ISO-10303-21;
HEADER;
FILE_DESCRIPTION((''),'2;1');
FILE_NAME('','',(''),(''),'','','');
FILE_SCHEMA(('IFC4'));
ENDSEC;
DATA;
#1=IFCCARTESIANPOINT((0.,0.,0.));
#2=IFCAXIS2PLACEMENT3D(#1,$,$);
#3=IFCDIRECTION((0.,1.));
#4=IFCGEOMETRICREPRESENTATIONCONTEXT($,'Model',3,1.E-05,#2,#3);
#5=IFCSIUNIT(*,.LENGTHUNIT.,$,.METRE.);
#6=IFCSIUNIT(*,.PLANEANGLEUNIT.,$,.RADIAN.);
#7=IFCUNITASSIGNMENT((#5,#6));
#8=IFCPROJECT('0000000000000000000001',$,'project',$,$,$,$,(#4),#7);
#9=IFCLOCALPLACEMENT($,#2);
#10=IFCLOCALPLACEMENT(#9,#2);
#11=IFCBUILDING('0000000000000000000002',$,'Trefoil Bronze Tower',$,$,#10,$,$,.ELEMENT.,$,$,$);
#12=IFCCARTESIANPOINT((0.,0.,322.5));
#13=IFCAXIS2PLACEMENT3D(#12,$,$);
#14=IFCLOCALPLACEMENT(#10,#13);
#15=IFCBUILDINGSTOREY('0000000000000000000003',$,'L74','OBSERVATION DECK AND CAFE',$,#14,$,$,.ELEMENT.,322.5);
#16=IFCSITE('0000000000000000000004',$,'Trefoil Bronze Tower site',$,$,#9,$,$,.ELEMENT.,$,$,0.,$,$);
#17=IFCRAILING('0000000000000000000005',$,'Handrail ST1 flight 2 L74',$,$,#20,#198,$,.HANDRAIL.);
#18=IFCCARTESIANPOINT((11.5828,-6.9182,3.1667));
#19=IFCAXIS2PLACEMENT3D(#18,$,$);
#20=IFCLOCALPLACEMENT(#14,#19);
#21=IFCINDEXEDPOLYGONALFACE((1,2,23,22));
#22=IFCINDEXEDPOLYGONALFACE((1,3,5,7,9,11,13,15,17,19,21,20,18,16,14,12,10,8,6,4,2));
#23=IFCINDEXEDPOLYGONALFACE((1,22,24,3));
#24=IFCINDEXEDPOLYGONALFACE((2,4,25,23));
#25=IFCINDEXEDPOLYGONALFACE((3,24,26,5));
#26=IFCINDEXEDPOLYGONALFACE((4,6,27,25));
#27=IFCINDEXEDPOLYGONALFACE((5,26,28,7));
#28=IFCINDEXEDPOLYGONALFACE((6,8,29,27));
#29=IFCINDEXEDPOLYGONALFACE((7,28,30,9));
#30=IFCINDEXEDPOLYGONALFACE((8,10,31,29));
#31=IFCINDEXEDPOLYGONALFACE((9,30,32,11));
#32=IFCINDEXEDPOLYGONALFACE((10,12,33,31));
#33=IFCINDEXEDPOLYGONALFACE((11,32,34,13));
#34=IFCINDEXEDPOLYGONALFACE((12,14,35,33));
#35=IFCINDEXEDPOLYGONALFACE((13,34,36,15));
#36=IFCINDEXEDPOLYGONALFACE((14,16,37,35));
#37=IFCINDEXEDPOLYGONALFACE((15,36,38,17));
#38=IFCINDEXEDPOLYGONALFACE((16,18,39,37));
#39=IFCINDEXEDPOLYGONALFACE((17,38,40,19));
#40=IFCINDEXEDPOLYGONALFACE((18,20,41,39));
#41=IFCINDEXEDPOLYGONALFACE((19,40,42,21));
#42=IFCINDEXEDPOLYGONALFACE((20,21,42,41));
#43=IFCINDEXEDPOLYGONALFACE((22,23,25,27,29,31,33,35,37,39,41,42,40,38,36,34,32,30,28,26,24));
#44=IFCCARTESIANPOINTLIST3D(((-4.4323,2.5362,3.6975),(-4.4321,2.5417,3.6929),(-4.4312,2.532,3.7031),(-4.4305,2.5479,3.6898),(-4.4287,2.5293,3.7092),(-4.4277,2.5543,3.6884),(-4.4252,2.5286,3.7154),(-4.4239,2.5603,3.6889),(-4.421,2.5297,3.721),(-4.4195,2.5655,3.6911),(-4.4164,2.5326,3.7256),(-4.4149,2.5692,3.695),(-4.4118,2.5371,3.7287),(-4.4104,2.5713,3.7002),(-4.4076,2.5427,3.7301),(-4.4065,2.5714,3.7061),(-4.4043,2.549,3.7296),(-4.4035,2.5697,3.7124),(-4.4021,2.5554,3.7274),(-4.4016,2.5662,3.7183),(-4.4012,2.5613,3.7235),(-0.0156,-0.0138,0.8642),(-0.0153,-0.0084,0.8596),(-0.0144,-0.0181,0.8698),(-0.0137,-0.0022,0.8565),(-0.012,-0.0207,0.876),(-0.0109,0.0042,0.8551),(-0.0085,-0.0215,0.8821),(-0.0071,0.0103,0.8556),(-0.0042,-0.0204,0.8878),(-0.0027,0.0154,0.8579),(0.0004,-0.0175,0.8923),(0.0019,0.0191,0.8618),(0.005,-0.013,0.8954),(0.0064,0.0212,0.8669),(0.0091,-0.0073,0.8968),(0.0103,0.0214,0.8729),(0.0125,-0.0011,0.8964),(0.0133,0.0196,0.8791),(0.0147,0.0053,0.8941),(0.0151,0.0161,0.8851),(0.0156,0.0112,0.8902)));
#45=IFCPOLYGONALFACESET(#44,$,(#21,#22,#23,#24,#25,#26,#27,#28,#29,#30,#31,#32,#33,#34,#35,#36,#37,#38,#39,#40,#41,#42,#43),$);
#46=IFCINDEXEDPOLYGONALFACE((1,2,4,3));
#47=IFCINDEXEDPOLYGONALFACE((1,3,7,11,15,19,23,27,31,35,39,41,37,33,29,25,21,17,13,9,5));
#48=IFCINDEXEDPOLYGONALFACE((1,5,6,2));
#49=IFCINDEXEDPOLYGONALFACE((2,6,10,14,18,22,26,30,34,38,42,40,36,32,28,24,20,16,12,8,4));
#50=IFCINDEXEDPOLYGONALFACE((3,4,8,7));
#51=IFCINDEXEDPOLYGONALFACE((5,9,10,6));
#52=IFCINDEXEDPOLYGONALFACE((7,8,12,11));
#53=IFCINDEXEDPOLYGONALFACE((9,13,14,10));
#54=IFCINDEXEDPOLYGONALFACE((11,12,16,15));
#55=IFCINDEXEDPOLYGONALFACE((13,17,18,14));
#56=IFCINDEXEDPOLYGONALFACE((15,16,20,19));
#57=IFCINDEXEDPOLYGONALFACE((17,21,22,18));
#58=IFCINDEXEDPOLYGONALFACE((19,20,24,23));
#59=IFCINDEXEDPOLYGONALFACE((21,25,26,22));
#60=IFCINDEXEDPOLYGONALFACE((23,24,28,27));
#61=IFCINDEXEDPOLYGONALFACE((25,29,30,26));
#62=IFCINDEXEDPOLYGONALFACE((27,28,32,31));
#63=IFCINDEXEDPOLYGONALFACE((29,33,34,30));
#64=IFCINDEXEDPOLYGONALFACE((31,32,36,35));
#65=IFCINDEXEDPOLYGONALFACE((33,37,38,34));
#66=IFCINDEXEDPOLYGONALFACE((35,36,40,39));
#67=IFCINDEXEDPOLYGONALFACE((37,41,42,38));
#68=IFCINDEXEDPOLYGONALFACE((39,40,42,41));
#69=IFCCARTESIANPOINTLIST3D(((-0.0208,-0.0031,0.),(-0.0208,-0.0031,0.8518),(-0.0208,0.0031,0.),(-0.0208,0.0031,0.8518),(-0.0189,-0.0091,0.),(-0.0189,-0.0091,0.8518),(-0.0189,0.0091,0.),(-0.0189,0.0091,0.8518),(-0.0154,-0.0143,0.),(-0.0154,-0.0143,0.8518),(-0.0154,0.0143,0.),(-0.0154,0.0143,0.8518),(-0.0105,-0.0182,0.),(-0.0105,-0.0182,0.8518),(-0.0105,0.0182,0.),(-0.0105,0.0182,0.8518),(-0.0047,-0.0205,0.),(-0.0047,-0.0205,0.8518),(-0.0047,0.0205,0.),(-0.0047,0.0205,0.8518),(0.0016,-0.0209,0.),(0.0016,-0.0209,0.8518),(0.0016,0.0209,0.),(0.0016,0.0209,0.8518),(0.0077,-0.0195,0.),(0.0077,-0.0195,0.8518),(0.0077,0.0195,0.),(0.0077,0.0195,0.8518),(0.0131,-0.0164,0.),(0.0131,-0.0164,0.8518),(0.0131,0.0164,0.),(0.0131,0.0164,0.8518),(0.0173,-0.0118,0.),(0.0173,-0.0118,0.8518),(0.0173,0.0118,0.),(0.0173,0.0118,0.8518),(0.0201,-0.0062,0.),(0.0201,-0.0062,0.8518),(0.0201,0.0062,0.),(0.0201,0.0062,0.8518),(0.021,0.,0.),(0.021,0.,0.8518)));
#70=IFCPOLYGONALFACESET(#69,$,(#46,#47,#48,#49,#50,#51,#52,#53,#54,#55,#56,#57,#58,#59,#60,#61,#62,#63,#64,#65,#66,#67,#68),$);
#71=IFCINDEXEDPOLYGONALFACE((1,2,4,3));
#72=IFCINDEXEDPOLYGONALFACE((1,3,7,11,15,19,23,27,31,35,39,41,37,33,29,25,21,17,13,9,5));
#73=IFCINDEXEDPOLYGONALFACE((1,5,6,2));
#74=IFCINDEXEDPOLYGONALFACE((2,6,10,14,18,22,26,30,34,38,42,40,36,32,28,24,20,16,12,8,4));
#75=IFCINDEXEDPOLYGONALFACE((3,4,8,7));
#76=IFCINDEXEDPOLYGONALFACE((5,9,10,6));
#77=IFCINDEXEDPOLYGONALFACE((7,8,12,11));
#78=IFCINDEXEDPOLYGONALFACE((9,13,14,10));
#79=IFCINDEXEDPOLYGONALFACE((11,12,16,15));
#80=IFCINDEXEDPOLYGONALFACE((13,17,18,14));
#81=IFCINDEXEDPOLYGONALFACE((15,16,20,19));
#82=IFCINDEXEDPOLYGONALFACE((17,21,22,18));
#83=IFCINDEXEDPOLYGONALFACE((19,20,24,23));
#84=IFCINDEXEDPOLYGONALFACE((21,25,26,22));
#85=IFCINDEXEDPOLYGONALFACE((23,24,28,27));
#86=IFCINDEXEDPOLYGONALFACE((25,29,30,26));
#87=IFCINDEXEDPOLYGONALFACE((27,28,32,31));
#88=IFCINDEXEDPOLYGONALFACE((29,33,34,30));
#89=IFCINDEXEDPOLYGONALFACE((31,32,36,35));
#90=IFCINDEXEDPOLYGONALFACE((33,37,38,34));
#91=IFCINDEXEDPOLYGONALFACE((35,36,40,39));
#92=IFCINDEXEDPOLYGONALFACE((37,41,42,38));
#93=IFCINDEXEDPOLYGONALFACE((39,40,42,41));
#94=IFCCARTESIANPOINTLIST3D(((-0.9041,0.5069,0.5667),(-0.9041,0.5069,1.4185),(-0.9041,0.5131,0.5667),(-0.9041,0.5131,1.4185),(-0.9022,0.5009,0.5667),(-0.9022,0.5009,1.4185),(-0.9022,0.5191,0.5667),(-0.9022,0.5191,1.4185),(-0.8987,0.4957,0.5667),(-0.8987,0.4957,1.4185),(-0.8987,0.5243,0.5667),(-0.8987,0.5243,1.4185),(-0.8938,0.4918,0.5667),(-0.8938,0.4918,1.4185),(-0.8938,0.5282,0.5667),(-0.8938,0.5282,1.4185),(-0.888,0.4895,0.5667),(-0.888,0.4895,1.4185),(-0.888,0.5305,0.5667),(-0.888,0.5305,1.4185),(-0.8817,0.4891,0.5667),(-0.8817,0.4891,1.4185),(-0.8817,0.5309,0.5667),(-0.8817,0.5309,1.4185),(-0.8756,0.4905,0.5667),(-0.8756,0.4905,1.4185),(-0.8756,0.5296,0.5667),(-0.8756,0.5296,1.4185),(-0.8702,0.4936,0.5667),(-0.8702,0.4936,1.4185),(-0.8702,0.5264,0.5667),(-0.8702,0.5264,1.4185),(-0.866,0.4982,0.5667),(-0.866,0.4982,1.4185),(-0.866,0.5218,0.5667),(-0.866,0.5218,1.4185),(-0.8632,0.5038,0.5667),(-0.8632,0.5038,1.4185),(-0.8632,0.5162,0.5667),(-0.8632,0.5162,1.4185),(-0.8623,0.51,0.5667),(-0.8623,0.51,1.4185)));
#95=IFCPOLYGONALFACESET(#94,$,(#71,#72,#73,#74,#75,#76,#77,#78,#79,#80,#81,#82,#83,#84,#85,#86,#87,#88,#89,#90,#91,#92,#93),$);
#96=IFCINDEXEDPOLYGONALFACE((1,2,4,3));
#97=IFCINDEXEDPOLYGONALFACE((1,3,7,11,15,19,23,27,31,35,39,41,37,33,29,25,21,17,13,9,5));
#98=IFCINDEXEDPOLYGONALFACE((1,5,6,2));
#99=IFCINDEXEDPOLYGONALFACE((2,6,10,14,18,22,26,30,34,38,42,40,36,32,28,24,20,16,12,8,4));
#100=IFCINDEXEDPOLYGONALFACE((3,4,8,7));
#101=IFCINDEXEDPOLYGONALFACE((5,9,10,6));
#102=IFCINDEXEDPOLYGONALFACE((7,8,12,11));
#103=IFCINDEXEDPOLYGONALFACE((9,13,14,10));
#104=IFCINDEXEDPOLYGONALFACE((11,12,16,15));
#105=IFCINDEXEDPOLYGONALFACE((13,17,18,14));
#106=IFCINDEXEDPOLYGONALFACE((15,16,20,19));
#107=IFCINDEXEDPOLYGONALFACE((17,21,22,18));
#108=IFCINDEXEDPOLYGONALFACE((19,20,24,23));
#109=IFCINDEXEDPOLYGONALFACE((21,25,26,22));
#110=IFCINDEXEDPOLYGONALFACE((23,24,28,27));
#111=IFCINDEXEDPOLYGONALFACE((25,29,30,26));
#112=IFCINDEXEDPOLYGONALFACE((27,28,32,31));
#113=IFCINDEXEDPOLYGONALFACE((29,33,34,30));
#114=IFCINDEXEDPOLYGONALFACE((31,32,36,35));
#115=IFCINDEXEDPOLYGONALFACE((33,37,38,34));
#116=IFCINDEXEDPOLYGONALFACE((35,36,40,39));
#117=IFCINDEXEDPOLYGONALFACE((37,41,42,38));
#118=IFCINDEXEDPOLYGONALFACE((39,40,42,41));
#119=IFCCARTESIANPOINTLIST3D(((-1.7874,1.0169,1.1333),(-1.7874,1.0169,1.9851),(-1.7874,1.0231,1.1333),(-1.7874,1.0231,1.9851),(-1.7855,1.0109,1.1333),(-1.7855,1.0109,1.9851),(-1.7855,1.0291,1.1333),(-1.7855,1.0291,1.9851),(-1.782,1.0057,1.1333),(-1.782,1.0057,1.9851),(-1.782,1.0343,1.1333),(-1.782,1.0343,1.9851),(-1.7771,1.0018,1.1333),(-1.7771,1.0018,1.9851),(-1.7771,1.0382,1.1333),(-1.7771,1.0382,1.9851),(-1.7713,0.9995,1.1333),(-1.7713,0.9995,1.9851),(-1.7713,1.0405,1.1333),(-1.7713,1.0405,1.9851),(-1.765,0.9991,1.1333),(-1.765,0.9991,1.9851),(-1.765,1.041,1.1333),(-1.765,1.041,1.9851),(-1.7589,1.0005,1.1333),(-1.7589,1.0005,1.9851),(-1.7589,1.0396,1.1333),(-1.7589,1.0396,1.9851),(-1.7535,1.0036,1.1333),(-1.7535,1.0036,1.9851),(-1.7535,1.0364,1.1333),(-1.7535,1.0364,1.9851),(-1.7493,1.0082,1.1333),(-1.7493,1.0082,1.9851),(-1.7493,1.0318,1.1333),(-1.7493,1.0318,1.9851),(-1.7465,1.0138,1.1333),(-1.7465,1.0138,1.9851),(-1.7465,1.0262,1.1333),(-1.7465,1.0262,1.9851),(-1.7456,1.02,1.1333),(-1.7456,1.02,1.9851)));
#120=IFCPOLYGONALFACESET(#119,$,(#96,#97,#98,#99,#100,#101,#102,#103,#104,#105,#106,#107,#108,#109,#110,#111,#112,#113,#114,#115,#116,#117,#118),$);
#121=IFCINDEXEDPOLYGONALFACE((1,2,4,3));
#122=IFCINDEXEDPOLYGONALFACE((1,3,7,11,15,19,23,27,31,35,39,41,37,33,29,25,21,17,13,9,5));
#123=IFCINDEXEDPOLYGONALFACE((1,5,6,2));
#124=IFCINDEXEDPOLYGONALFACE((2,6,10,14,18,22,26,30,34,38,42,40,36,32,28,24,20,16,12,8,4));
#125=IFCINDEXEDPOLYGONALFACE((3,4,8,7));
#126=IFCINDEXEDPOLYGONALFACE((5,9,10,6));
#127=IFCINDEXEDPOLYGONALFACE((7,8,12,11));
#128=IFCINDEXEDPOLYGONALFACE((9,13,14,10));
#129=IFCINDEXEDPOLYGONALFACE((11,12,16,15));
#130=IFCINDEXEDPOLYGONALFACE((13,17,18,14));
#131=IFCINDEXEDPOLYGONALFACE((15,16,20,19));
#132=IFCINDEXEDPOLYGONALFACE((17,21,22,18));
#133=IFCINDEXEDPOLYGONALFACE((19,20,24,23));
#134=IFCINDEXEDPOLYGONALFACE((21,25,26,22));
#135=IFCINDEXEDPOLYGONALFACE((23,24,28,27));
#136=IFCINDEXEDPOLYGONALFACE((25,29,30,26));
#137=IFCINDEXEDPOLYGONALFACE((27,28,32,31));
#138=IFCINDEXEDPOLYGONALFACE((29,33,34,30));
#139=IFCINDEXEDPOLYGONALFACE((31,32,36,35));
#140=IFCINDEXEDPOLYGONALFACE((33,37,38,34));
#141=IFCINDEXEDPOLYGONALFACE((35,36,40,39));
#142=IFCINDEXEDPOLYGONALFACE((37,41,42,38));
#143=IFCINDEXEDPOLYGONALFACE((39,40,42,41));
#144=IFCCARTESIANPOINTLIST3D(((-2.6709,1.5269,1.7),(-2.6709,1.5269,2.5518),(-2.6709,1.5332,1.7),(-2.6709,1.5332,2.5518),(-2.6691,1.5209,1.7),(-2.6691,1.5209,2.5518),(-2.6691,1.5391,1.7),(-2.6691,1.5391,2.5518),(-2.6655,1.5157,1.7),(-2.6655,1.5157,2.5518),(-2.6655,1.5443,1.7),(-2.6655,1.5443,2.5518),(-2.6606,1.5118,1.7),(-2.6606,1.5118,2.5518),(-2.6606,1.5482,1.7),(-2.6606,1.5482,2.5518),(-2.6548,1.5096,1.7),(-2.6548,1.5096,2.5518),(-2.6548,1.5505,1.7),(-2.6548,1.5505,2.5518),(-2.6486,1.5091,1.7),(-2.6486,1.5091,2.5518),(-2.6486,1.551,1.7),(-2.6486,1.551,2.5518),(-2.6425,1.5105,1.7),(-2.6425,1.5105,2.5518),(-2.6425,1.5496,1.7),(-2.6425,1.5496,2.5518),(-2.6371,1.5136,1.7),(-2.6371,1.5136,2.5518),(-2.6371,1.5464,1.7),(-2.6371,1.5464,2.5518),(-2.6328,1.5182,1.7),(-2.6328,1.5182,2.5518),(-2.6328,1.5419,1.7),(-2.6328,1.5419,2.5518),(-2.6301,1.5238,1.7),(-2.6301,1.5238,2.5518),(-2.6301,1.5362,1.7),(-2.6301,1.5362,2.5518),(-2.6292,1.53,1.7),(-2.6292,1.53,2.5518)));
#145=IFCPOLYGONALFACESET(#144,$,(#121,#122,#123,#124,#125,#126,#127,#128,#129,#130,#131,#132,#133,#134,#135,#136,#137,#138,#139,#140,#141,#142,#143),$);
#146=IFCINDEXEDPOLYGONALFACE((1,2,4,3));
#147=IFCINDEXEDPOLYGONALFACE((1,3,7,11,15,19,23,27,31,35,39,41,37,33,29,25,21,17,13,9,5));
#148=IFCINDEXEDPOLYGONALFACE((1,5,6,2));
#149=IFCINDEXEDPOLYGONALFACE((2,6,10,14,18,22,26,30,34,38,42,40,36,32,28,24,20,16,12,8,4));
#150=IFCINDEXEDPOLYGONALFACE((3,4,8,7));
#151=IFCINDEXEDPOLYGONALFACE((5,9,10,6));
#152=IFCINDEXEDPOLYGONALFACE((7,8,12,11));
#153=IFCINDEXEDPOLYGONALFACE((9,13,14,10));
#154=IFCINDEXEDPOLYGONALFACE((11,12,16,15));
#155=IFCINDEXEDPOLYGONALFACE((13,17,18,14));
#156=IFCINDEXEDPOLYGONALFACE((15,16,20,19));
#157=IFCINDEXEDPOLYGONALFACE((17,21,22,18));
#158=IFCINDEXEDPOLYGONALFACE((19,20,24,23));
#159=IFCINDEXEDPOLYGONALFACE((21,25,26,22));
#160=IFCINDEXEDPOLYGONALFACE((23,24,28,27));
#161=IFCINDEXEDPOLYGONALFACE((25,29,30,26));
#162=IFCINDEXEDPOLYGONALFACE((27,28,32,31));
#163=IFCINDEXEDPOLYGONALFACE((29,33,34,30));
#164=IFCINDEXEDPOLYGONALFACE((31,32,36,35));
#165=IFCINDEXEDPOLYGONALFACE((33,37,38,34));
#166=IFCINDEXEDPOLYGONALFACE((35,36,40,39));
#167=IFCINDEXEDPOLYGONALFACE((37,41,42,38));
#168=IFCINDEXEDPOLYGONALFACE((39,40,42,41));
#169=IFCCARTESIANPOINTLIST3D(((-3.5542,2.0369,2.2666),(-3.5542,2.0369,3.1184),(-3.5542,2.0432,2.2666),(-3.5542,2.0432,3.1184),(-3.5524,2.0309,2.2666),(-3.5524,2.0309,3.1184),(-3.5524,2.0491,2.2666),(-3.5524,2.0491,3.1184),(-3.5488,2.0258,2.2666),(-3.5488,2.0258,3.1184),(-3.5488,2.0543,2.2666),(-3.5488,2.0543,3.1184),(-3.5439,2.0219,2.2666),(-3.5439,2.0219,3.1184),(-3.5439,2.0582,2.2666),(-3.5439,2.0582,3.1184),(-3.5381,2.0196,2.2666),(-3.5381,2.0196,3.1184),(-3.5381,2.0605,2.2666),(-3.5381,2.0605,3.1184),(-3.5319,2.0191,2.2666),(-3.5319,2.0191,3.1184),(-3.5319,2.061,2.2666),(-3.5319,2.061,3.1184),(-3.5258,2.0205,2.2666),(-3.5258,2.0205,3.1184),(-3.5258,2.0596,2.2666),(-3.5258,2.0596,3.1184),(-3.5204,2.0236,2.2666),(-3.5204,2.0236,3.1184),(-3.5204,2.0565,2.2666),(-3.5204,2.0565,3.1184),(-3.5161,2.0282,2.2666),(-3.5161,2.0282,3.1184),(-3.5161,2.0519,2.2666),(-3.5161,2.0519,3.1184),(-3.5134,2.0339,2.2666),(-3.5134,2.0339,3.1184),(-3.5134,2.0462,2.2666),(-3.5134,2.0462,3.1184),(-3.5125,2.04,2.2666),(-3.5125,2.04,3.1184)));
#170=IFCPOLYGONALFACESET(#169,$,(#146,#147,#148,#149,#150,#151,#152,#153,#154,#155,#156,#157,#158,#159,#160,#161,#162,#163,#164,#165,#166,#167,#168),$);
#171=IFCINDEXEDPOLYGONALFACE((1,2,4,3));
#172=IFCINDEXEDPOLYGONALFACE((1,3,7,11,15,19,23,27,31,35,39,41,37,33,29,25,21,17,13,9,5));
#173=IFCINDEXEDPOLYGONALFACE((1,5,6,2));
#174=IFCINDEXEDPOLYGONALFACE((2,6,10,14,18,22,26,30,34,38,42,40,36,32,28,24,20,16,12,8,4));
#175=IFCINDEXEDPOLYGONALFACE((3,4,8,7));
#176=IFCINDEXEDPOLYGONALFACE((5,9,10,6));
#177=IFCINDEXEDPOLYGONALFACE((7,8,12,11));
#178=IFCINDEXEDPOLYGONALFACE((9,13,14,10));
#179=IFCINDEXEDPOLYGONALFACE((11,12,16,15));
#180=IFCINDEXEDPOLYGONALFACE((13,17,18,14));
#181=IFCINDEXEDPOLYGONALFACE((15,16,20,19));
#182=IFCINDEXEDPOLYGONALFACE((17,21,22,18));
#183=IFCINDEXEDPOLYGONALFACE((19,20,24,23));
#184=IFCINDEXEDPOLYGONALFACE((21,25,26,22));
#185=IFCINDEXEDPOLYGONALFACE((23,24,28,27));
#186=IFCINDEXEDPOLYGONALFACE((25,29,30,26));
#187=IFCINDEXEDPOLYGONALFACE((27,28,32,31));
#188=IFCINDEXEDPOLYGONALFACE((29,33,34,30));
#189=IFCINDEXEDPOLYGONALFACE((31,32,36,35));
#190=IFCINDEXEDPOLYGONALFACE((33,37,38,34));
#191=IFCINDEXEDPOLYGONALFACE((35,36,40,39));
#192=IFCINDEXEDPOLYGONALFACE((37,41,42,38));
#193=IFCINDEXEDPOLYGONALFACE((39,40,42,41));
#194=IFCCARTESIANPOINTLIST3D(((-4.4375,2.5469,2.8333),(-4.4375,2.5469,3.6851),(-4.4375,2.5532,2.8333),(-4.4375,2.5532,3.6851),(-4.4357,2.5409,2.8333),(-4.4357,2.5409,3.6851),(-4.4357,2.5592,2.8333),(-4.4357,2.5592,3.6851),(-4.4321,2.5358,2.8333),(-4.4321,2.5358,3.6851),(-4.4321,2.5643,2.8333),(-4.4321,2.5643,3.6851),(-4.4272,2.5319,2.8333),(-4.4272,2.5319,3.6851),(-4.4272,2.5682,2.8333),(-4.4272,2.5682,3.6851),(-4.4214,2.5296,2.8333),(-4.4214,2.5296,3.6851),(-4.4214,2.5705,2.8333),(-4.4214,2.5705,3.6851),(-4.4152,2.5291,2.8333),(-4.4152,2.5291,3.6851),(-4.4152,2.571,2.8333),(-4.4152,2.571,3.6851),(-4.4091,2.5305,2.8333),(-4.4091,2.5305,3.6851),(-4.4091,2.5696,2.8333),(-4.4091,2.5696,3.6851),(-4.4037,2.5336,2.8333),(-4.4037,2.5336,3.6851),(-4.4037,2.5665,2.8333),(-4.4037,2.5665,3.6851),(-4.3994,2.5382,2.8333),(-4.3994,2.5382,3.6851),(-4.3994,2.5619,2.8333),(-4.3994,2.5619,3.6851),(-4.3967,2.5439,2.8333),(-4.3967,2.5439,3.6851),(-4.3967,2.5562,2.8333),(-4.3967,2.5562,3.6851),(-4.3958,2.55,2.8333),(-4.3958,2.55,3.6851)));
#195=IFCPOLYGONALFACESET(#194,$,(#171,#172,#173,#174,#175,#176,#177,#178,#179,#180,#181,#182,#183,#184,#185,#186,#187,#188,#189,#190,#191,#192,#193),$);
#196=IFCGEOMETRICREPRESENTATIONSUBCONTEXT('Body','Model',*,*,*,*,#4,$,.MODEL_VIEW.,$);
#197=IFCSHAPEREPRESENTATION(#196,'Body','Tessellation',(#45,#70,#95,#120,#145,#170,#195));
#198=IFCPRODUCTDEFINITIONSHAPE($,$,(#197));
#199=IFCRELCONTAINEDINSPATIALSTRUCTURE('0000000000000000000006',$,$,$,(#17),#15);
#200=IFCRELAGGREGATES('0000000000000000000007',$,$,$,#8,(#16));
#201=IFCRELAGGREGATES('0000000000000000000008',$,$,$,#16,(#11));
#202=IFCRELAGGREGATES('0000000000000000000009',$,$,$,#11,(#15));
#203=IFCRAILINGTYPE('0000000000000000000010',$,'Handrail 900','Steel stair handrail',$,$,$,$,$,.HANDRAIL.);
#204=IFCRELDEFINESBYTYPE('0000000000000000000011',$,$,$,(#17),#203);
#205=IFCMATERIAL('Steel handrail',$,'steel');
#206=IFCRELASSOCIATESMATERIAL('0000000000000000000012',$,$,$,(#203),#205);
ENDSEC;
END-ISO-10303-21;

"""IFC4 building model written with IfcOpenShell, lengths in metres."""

from ifc_helpers import new_model, si_unit, direction, frame, origin, origin_2d, place, context, subcontext, project, spatial, circle, extrude, material, type_object, element, save


model = new_model("IFC4")

# Units and contexts
model_context = context("Model", 3, precision=1e-05, world=origin(), true_north=direction((0.0, 1.0)))
body_context = subcontext(model_context, "Body", "Model", "MODEL_VIEW")
ifc_project = project(units=[si_unit("LENGTHUNIT", "METRE"), si_unit("PLANEANGLEUNIT", "RADIAN")], contexts=[model_context])

# Site, building, storey
site_placement = place(None, origin())
site = spatial("IfcSite", under=ifc_project, at=site_placement, Name="Trefoil Bronze Tower site", CompositionType="ELEMENT", RefElevation=0.0)
building_placement = place(site_placement, origin())
building = spatial("IfcBuilding", under=site, at=building_placement, Name="Trefoil Bronze Tower", CompositionType="ELEMENT")
storey_placement = place(building_placement, frame((0.0, 0.0, 322.5)))
storey = spatial("IfcBuildingStorey", under=building, at=storey_placement, Name="L74", Description="OBSERVATION DECK AND CAFE", CompositionType="ELEMENT", Elevation=322.5)

# Railing
ifc_material_1 = material(Name="Steel handrail", Category="steel")
railing_type = type_object("IfcRailingType", Name="Handrail 900", Description="Steel stair handrail", PredefinedType="HANDRAIL", material=ifc_material_1)
railing_1_placement = place(storey_placement, frame((11.5828, -6.9182, 3.1667)))
element("IfcRailing", 1, at=railing_1_placement, inside=storey, type_object=railing_type, Name="Handrail ST1 flight 2 L74", PredefinedType="HANDRAIL", context=body_context, shape_type="SweptSolid", body=[
    extrude(circle(Radius=0.0239, at=origin_2d()), frame((0.0, 0.0, 0.876), z_axis=(-0.757046, 0.437087, 0.485629), x_axis=(-0.500006, -0.866022, 0.0)), (0.0, 0.0, 1.0), 5.8342),
    extrude(circle(Radius=0.021, at=origin_2d()), origin(), (0.0, 0.0, 1.0), 0.8518),
    extrude(circle(Radius=0.021, at=origin_2d()), frame((-0.8833, 0.51, 0.5667)), (0.0, 0.0, 1.0), 0.8518),
    extrude(circle(Radius=0.021, at=origin_2d()), frame((-1.7666, 1.02, 1.1333)), (0.0, 0.0, 1.0), 0.8518),
    extrude(circle(Radius=0.021, at=origin_2d()), frame((-2.6501, 1.53, 1.7)), (0.0, 0.0, 1.0), 0.8518),
    extrude(circle(Radius=0.021, at=origin_2d()), frame((-3.5334, 2.04, 2.2666)), (0.0, 0.0, 1.0), 0.8518),
    extrude(circle(Radius=0.021, at=origin_2d()), frame((-4.4167, 2.55, 2.8333)), (0.0, 0.0, 1.0), 0.8518),
])

save(model, "model.ifc")
